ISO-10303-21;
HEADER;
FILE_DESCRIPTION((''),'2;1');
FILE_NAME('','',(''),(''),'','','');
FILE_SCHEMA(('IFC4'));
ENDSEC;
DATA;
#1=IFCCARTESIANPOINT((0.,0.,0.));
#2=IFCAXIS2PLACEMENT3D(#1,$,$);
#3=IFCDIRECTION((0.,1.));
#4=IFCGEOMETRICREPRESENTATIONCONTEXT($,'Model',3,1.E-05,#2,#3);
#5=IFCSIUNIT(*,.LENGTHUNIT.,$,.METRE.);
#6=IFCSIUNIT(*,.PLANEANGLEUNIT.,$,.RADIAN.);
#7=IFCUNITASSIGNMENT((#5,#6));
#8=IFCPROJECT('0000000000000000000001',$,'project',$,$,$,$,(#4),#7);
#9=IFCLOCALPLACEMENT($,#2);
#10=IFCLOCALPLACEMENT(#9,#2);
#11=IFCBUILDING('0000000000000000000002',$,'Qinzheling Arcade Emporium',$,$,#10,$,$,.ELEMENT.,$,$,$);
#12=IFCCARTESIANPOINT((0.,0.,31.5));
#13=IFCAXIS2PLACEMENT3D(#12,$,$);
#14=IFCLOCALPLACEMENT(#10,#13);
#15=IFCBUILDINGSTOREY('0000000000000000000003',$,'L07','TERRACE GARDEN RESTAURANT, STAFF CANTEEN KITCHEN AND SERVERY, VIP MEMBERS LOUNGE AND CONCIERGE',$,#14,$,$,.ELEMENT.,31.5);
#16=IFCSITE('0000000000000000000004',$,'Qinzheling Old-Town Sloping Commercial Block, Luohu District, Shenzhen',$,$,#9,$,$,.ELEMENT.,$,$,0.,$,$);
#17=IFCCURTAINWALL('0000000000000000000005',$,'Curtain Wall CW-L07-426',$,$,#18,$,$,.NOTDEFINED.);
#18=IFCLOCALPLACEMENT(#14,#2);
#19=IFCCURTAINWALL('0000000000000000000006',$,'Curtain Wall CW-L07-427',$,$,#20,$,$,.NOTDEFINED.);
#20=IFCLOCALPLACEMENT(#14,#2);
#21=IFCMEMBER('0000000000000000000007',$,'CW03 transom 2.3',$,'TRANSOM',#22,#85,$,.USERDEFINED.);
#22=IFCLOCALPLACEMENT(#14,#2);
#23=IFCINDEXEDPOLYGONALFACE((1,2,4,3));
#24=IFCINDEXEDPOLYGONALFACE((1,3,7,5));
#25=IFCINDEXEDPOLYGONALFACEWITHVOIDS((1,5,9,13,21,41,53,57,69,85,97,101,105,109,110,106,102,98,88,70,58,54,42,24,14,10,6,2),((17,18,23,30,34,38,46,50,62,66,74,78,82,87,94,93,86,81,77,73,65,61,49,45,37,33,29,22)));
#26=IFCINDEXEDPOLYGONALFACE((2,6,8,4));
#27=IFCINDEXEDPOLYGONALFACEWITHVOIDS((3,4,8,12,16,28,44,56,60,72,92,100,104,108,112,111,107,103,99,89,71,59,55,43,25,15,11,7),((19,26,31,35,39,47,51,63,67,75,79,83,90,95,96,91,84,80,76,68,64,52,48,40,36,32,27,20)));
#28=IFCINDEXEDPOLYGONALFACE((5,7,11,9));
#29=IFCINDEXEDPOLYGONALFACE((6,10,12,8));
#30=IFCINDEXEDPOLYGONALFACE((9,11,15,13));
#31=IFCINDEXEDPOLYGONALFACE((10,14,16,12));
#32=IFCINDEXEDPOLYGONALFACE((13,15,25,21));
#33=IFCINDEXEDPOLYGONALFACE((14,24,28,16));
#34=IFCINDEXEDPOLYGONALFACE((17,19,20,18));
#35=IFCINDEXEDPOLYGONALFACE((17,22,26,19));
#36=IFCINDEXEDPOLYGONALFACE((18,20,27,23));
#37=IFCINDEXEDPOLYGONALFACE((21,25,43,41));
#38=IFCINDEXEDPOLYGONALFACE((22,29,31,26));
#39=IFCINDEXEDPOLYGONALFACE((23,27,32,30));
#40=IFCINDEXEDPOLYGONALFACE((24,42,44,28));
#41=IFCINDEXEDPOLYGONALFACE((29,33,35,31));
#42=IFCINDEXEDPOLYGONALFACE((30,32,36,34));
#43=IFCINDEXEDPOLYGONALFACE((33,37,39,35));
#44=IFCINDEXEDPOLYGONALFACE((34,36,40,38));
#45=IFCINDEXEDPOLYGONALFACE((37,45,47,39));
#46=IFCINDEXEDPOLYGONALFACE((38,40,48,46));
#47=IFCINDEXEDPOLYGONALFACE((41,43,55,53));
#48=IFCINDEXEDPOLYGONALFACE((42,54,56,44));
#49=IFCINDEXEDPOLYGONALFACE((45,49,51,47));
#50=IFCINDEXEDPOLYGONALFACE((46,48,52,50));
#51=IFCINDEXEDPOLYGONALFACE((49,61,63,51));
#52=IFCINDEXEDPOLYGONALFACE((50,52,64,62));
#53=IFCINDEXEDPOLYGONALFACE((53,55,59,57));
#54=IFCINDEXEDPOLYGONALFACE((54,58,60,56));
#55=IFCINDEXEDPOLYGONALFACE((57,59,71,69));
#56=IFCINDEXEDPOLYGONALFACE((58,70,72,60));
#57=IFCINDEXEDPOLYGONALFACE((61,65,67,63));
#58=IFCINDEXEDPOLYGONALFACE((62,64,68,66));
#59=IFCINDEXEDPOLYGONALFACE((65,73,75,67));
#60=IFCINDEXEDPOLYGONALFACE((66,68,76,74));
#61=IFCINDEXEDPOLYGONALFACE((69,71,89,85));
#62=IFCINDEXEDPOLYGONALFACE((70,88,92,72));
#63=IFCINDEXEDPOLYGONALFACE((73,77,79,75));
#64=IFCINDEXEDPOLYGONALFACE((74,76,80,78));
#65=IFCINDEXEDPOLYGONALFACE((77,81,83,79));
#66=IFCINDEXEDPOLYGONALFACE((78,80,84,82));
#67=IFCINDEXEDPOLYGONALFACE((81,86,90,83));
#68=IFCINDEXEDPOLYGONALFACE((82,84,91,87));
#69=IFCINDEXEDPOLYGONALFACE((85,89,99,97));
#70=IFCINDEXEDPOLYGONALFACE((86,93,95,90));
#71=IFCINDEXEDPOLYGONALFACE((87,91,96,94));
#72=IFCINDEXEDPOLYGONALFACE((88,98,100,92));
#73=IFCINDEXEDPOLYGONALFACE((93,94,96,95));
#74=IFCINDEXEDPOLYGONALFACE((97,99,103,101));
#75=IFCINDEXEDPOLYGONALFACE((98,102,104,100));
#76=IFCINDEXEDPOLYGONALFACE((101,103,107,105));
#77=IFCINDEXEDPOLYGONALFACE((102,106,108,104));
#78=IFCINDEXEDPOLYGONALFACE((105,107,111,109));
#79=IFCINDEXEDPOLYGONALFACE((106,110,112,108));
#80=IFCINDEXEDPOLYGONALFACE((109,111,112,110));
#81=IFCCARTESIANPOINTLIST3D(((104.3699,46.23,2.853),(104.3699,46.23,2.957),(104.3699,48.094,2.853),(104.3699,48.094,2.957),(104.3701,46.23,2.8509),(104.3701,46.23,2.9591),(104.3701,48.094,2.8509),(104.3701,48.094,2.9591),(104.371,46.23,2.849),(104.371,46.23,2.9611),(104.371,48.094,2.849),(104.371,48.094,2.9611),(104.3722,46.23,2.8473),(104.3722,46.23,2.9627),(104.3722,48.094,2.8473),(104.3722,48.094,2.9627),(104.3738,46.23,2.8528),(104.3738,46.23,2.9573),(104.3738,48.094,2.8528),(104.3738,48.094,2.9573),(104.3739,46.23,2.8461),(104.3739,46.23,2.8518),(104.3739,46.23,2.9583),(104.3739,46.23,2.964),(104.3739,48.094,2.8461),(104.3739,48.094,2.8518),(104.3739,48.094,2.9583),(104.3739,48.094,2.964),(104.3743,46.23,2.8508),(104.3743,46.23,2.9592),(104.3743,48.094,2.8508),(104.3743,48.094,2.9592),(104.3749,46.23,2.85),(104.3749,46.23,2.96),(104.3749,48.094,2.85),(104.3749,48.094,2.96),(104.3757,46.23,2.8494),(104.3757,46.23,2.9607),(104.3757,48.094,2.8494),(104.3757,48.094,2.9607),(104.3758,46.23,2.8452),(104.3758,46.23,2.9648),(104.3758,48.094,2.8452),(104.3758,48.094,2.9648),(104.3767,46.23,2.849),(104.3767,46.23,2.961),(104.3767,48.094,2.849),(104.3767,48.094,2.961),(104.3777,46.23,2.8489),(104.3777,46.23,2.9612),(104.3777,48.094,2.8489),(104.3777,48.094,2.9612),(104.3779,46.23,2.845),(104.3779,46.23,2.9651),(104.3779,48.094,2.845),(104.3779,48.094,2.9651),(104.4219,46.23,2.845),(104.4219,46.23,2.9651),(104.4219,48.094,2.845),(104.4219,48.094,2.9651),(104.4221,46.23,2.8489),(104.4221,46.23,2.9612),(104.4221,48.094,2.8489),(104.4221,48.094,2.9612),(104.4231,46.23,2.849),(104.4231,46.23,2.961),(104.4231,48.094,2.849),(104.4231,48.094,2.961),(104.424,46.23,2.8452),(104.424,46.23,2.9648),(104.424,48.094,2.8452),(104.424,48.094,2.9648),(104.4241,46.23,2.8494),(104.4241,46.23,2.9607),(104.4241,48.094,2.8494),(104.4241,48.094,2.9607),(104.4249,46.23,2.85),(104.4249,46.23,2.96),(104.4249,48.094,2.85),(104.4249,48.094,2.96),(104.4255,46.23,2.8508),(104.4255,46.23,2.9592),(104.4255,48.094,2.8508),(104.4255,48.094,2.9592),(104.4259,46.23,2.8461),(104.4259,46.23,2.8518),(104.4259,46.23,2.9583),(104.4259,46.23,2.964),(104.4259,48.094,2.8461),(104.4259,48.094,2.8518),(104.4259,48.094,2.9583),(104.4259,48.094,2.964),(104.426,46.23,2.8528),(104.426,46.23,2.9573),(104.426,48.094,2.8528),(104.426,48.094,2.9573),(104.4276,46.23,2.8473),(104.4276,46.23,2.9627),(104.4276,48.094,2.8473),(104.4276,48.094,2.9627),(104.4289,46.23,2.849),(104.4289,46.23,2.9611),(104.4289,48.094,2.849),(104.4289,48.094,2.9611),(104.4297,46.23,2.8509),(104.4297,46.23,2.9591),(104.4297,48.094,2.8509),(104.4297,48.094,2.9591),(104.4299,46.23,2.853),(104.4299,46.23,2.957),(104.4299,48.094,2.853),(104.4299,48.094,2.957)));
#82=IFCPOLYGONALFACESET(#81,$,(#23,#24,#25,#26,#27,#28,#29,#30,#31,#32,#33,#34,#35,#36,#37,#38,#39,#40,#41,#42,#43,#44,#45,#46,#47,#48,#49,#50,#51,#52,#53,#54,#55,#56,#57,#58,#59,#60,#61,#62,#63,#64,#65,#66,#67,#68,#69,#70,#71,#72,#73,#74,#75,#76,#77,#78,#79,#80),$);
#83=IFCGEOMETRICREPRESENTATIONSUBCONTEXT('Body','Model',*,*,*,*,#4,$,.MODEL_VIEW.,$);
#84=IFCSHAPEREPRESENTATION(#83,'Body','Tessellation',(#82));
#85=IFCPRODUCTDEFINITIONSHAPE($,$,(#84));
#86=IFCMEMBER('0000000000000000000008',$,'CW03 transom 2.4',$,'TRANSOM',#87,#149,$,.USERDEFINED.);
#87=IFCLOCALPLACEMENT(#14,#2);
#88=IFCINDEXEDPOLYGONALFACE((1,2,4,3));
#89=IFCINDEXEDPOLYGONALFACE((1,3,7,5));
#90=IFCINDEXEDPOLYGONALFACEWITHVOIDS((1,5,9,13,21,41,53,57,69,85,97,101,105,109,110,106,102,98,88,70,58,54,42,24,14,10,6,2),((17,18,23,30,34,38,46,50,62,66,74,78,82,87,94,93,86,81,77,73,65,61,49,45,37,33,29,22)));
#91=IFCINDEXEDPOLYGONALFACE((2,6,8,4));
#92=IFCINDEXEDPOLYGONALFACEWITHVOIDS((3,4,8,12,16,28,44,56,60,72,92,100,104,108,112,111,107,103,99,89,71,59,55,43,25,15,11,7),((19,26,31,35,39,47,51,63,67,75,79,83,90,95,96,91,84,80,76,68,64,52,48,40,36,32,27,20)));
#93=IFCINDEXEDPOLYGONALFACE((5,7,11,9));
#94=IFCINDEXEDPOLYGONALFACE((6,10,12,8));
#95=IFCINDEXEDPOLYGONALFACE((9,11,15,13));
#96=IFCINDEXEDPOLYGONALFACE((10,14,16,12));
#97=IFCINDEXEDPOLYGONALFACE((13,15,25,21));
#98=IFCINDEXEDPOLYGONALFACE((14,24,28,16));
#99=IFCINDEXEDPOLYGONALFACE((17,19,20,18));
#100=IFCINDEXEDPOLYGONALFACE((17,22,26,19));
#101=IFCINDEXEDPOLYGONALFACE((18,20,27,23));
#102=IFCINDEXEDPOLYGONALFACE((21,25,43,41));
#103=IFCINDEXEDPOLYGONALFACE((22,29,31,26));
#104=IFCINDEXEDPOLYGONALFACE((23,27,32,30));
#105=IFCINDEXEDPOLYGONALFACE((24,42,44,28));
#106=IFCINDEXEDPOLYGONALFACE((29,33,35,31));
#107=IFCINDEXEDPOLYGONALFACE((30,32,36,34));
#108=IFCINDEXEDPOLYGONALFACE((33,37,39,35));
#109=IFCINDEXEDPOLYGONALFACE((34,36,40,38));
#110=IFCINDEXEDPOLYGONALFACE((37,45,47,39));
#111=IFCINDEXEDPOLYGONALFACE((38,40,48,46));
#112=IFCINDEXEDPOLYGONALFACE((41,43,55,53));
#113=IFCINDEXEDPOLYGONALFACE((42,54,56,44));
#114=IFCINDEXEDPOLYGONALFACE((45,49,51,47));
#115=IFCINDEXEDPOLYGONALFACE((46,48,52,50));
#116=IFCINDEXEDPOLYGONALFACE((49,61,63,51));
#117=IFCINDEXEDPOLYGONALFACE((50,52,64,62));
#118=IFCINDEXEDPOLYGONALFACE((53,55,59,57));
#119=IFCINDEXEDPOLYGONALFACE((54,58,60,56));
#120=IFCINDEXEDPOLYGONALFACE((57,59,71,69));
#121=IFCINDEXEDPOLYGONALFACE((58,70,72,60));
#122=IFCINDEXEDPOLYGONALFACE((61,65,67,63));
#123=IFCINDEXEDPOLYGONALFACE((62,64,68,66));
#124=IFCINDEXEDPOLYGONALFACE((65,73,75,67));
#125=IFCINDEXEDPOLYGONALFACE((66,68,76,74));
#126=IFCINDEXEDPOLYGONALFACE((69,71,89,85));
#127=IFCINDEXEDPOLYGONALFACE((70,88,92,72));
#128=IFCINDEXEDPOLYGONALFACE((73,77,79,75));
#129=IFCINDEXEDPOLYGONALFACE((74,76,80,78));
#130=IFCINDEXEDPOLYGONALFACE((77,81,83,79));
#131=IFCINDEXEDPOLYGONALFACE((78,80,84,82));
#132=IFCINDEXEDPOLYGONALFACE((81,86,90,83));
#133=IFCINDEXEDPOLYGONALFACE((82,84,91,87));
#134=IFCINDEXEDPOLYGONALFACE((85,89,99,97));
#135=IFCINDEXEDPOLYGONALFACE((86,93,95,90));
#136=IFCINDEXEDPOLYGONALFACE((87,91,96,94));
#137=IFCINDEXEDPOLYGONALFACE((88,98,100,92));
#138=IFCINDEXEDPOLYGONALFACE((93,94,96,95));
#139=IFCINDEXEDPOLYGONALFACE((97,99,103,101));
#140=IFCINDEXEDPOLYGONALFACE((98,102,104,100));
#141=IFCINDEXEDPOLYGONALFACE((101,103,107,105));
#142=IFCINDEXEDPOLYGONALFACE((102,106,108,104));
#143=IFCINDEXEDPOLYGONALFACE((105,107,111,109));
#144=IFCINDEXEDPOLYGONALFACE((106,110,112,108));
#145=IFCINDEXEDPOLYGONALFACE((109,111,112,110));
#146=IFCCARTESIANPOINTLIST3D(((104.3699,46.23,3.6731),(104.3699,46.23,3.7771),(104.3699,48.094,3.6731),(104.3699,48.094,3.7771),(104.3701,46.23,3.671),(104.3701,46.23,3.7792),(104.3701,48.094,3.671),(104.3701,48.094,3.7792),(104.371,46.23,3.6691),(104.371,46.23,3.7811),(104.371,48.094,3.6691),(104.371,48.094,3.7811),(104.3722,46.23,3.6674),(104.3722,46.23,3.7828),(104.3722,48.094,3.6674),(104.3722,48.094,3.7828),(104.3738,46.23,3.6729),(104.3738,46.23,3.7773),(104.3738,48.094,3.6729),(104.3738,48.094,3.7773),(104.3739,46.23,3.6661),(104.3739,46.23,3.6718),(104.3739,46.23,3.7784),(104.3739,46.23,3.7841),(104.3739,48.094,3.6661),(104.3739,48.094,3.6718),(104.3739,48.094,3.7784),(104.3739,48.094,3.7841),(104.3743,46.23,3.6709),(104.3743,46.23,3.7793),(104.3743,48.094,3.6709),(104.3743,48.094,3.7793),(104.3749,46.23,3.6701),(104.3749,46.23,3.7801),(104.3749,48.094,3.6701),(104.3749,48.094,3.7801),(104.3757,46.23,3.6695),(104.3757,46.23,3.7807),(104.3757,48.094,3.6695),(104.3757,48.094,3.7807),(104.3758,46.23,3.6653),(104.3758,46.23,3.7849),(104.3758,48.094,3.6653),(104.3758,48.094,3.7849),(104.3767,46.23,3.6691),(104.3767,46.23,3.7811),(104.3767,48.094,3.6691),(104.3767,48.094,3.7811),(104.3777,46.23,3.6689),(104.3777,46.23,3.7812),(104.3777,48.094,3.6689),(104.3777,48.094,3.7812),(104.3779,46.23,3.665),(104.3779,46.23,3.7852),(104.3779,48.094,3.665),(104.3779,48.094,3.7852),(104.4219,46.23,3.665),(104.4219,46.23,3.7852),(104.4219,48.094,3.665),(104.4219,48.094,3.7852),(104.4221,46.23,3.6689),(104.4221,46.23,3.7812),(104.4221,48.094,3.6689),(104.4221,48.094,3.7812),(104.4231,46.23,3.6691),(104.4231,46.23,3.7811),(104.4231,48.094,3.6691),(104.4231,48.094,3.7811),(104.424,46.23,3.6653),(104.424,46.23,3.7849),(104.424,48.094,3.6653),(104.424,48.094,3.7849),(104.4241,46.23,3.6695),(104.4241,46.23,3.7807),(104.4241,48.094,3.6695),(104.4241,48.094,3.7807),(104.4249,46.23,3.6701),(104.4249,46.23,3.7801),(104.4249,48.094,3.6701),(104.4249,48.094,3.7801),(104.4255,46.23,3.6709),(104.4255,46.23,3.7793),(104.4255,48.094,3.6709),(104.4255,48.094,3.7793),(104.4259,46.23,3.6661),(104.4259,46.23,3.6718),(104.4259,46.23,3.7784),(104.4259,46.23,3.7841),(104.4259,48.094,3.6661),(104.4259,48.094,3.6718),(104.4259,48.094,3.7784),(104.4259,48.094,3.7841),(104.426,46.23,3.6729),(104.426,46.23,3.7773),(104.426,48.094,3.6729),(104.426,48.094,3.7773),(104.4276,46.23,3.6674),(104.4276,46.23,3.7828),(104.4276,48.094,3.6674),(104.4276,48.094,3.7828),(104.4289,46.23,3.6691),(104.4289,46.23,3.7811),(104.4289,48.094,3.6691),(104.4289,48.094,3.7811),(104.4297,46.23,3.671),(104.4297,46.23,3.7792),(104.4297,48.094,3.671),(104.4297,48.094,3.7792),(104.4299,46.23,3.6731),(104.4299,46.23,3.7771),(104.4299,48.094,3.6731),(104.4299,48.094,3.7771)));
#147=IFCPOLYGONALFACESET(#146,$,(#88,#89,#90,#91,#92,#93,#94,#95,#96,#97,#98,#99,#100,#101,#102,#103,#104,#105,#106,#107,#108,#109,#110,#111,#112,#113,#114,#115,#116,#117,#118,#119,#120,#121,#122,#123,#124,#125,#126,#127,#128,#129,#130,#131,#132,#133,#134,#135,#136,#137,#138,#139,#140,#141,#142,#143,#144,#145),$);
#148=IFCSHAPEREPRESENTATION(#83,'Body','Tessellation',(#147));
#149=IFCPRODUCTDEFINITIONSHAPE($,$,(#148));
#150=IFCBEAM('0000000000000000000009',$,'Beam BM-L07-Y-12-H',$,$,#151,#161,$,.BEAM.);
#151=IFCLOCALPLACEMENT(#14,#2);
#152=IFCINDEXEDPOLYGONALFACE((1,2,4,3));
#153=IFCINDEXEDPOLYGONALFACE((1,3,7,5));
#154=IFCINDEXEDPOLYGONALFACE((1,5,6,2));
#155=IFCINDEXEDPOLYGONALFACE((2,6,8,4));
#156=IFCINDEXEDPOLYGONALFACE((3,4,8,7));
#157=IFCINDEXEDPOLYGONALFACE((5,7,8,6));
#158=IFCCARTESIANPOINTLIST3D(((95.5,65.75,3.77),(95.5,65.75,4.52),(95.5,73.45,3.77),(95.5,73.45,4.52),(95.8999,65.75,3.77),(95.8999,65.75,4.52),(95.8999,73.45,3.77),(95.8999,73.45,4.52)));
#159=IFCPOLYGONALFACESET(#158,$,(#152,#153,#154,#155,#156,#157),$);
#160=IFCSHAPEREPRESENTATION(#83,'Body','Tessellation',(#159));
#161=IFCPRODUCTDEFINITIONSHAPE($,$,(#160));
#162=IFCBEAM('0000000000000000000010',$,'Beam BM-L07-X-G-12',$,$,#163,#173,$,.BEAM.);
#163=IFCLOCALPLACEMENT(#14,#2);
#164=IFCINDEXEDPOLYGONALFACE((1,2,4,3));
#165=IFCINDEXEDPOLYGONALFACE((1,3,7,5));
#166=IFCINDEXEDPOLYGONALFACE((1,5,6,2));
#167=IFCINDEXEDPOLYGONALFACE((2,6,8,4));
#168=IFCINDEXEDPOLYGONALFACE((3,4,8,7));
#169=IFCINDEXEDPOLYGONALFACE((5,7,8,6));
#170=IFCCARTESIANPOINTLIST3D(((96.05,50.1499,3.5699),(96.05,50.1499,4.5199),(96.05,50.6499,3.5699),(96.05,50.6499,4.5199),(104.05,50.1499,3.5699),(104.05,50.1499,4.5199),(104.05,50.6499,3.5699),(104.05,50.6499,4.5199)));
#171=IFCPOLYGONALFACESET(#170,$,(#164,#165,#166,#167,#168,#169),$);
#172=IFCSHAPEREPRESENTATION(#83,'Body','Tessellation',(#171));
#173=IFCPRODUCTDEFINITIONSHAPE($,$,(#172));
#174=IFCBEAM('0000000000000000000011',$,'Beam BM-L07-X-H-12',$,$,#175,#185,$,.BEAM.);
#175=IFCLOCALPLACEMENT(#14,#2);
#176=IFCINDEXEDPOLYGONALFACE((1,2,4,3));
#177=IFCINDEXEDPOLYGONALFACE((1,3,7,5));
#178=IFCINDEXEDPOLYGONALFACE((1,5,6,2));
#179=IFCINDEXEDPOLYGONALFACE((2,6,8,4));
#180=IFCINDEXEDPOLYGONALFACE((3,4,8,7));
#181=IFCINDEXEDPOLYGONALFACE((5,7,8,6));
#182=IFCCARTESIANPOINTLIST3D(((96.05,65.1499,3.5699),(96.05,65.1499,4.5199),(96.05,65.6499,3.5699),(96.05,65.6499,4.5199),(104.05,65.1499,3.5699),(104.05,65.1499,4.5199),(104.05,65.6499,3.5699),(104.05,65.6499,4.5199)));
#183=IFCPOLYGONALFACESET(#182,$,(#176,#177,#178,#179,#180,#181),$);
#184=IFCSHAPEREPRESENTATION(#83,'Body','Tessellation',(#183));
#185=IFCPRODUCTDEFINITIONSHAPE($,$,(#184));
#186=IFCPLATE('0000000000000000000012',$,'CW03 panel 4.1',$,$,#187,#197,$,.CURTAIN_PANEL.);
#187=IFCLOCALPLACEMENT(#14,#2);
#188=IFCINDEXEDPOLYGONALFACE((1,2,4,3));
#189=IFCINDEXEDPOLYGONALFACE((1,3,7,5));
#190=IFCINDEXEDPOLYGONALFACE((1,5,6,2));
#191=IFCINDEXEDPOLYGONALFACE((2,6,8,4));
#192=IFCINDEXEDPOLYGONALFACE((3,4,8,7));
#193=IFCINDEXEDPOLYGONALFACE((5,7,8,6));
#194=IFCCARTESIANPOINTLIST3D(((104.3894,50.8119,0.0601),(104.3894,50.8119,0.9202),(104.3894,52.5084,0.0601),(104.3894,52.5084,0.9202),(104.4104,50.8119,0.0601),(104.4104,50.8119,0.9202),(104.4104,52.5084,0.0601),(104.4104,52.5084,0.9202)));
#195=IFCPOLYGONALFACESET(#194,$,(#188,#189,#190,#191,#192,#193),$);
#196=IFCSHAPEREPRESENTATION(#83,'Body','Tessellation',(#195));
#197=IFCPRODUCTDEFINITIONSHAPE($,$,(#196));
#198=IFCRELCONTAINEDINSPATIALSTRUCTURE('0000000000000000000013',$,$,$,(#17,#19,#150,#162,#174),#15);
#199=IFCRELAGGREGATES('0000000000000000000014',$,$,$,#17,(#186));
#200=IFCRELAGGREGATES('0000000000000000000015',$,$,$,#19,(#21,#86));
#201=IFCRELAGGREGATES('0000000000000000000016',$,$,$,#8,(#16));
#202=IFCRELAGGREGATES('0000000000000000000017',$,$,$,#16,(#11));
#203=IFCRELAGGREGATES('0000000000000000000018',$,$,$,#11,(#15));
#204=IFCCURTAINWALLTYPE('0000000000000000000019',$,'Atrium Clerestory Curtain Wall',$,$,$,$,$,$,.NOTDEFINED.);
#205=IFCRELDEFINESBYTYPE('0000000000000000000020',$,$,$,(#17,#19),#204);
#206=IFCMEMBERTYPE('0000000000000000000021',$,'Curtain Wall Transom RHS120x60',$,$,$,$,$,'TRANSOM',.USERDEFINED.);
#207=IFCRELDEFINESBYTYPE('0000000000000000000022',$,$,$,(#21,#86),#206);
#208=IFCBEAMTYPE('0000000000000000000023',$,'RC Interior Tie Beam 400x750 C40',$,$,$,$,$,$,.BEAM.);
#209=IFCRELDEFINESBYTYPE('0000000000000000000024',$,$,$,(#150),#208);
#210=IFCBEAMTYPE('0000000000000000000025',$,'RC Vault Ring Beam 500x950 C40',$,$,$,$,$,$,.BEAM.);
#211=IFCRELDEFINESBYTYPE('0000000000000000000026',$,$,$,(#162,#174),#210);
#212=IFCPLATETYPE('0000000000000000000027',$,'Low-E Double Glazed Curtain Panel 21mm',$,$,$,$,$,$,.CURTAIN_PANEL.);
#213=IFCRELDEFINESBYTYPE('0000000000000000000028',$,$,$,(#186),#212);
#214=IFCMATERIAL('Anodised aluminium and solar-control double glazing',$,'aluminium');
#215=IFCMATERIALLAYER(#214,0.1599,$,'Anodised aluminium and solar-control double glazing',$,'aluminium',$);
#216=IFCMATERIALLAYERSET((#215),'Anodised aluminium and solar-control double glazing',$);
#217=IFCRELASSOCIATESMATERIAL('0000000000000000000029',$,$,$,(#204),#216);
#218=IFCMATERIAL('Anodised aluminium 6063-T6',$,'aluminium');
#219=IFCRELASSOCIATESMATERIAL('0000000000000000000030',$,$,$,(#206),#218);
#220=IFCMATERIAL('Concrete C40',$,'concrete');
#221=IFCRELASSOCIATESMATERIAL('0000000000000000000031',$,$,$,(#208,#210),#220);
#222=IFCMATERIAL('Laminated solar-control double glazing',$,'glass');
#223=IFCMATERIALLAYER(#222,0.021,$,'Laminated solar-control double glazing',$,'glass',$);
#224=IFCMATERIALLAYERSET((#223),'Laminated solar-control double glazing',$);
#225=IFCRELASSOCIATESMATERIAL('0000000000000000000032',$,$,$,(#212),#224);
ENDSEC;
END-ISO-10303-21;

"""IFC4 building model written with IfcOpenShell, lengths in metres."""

from ifc_helpers import new_model, si_unit, direction, frame, origin, origin_2d, place, context, subcontext, project, spatial, rectangle, hollow_rectangle, extrude, material, layer, layer_set, material_profile, profile_set, type_object, element, aggregate, save


model = new_model("IFC4")

# Units and contexts
model_context = context("Model", 3, precision=1e-05, world=origin(), true_north=direction((0.0, 1.0)))
body_context = subcontext(model_context, "Body", "Model", "MODEL_VIEW")
ifc_project = project(units=[si_unit("LENGTHUNIT", "METRE"), si_unit("PLANEANGLEUNIT", "RADIAN")], contexts=[model_context])

# Site, building, storey
site_placement = place(None, origin())
site = spatial("IfcSite", under=ifc_project, at=site_placement, Name="Qinzheling Old-Town Sloping Commercial Block, Luohu District, Shenzhen", CompositionType="ELEMENT", RefElevation=0.0)
building_placement = place(site_placement, origin())
building = spatial("IfcBuilding", under=site, at=building_placement, Name="Qinzheling Arcade Emporium", CompositionType="ELEMENT")
storey_placement = place(building_placement, frame((0.0, 0.0, 31.5)))
storey = spatial("IfcBuildingStorey", under=building, at=storey_placement, Name="L07", Description="TERRACE GARDEN RESTAURANT, STAFF CANTEEN KITCHEN AND SERVERY, VIP MEMBERS LOUNGE AND CONCIERGE", CompositionType="ELEMENT", Elevation=31.5)

# Shared definitions
ifc_material_1 = material(Name="Concrete C40", Category="concrete")

# Curtain wall
ifc_material_2 = material(Name="Anodised aluminium and solar-control double glazing", Category="aluminium")
ifc_layer_1 = layer(ifc_material_2, 0.1599, Name="Anodised aluminium and solar-control double glazing", Category="aluminium")
ifc_layer_set_1 = layer_set([ifc_layer_1], Name="Anodised aluminium and solar-control double glazing")
curtain_wall_type = type_object("IfcCurtainWallType", Name="Atrium Clerestory Curtain Wall", PredefinedType="NOTDEFINED", material=ifc_layer_set_1)
curtain_wall_1_placement = place(storey_placement, origin())
curtain_wall_1 = element("IfcCurtainWall", 1, at=curtain_wall_1_placement, inside=storey, type_object=curtain_wall_type, Name="Curtain Wall CW-L07-426", PredefinedType="NOTDEFINED")
ifc_material_3 = material(Name="Anodised aluminium 6063-T6", Category="aluminium")

# Curtain wall, members
curtain_wall_2_placement = place(storey_placement, origin())
curtain_wall_2 = element("IfcCurtainWall", 2, at=curtain_wall_2_placement, inside=storey, type_object=curtain_wall_type, Name="Curtain Wall CW-L07-427", PredefinedType="NOTDEFINED")
ifc_material_profile_1 = material_profile(ifc_material_3, hollow_rectangle(XDim=0.0601, YDim=0.1201, WallThickness=0.0039, InnerFilletRadius=0.0039, OuterFilletRadius=0.0081, at=origin_2d()), Name="RHS 120x60x4", Category="aluminium")
ifc_profile_set_1 = profile_set([ifc_material_profile_1], Name="Anodised aluminium 6063-T6")
member_type_1 = type_object("IfcMemberType", Name="Curtain Wall Transom RHS120x60", ElementType="TRANSOM", PredefinedType="USERDEFINED", material=ifc_profile_set_1)
member_1_placement = place(storey_placement, frame((104.3999, 48.094, 2.905), z_axis=(0.0, -1.0, 0.0), x_axis=(1.0, 0.0, 0.0)))
member_1 = element("IfcMember", 3, at=member_1_placement, type_object=member_type_1, Name="CW03 transom 2.3", ObjectType="TRANSOM", PredefinedType="USERDEFINED", context=body_context, shape_type="SweptSolid", body=[
    extrude(hollow_rectangle(XDim=0.0601, YDim=0.1201, WallThickness=0.0039, InnerFilletRadius=0.0039, OuterFilletRadius=0.0081, at=origin_2d()), origin(), (0.0, 0.0, 1.0), 1.864),
])
member_2_placement = place(storey_placement, frame((104.3999, 48.094, 3.7251), z_axis=(0.0, -1.0, 0.0), x_axis=(1.0, 0.0, 0.0)))
member_2 = element("IfcMember", 4, at=member_2_placement, type_object=member_type_1, Name="CW03 transom 2.4", ObjectType="TRANSOM", PredefinedType="USERDEFINED", context=body_context, shape_type="SweptSolid", body=[
    extrude(hollow_rectangle(XDim=0.0601, YDim=0.1201, WallThickness=0.0039, InnerFilletRadius=0.0039, OuterFilletRadius=0.0081, at=origin_2d()), origin(), (0.0, 0.0, 1.0), 1.864),
])

# Beams
ifc_material_profile_2 = material_profile(ifc_material_1, rectangle(XDim=0.3999, YDim=0.75, at=origin_2d()), Name="RC 400x750", Category="concrete")
ifc_profile_set_2 = profile_set([ifc_material_profile_2], Name="Concrete C40")
beam_type_1 = type_object("IfcBeamType", Name="RC Interior Tie Beam 400x750 C40", PredefinedType="BEAM", material=ifc_profile_set_2)
beam_1_placement = place(storey_placement, frame((95.7, 65.75, 4.145), z_axis=(0.0, 1.0, 0.0), x_axis=(-1.0, 0.0, 0.0)))
element("IfcBeam", 5, at=beam_1_placement, inside=storey, type_object=beam_type_1, Name="Beam BM-L07-Y-12-H", PredefinedType="BEAM", context=body_context, shape_type="SweptSolid", body=[
    extrude(rectangle(XDim=0.3999, YDim=0.75, at=origin_2d()), origin(), (0.0, 0.0, 1.0), 7.7),
])
ifc_material_profile_3 = material_profile(ifc_material_1, rectangle(XDim=0.5, YDim=0.95, at=origin_2d()), Name="RC 500x950", Category="concrete")
ifc_profile_set_3 = profile_set([ifc_material_profile_3], Name="Concrete C40")
beam_type_2 = type_object("IfcBeamType", Name="RC Vault Ring Beam 500x950 C40", PredefinedType="BEAM", material=ifc_profile_set_3)
for number, where, z_axis, x_axis, name in (
    (6, (96.05, 50.3999, 4.0449), (1.0, 0.0, 0.0), (0.0, 1.0, 0.0), "Beam BM-L07-X-G-12"),
    (7, (96.05, 65.3999, 4.0449), (1.0, 0.0, 0.0), (0.0, 1.0, 0.0), "Beam BM-L07-X-H-12"),
):
    element("IfcBeam", number, at=place(storey_placement, frame(where, z_axis=z_axis, x_axis=x_axis)), inside=storey, type_object=beam_type_2, Name=name, PredefinedType="BEAM", context=body_context, shape_type="SweptSolid", body=[
        extrude(rectangle(XDim=0.5, YDim=0.95, at=origin_2d()), origin(), (0.0, 0.0, 1.0), 8.0),
    ])

# Plate
ifc_material_4 = material(Name="Laminated solar-control double glazing", Category="glass")
ifc_layer_2 = layer(ifc_material_4, 0.021, Name="Laminated solar-control double glazing", Category="glass")
ifc_layer_set_2 = layer_set([ifc_layer_2], Name="Laminated solar-control double glazing")
plate_type_1 = type_object("IfcPlateType", Name="Low-E Double Glazed Curtain Panel 21mm", PredefinedType="CURTAIN_PANEL", material=ifc_layer_set_2)
plate_1_placement = place(storey_placement, frame((104.3999, 51.6602, 0.0601), z_axis=(0.0, 0.0, 1.0), x_axis=(0.0, -1.0, 0.0)))
plate_1 = element("IfcPlate", 8, at=plate_1_placement, type_object=plate_type_1, Name="CW03 panel 4.1", PredefinedType="CURTAIN_PANEL", context=body_context, shape_type="SweptSolid", body=[
    extrude(rectangle(XDim=1.6965, YDim=0.021, at=origin_2d()), origin(), (0.0, 0.0, 1.0), 0.8601),
])
aggregate(curtain_wall_1, [plate_1])
aggregate(curtain_wall_2, [member_1, member_2])

save(model, "model.ifc")
